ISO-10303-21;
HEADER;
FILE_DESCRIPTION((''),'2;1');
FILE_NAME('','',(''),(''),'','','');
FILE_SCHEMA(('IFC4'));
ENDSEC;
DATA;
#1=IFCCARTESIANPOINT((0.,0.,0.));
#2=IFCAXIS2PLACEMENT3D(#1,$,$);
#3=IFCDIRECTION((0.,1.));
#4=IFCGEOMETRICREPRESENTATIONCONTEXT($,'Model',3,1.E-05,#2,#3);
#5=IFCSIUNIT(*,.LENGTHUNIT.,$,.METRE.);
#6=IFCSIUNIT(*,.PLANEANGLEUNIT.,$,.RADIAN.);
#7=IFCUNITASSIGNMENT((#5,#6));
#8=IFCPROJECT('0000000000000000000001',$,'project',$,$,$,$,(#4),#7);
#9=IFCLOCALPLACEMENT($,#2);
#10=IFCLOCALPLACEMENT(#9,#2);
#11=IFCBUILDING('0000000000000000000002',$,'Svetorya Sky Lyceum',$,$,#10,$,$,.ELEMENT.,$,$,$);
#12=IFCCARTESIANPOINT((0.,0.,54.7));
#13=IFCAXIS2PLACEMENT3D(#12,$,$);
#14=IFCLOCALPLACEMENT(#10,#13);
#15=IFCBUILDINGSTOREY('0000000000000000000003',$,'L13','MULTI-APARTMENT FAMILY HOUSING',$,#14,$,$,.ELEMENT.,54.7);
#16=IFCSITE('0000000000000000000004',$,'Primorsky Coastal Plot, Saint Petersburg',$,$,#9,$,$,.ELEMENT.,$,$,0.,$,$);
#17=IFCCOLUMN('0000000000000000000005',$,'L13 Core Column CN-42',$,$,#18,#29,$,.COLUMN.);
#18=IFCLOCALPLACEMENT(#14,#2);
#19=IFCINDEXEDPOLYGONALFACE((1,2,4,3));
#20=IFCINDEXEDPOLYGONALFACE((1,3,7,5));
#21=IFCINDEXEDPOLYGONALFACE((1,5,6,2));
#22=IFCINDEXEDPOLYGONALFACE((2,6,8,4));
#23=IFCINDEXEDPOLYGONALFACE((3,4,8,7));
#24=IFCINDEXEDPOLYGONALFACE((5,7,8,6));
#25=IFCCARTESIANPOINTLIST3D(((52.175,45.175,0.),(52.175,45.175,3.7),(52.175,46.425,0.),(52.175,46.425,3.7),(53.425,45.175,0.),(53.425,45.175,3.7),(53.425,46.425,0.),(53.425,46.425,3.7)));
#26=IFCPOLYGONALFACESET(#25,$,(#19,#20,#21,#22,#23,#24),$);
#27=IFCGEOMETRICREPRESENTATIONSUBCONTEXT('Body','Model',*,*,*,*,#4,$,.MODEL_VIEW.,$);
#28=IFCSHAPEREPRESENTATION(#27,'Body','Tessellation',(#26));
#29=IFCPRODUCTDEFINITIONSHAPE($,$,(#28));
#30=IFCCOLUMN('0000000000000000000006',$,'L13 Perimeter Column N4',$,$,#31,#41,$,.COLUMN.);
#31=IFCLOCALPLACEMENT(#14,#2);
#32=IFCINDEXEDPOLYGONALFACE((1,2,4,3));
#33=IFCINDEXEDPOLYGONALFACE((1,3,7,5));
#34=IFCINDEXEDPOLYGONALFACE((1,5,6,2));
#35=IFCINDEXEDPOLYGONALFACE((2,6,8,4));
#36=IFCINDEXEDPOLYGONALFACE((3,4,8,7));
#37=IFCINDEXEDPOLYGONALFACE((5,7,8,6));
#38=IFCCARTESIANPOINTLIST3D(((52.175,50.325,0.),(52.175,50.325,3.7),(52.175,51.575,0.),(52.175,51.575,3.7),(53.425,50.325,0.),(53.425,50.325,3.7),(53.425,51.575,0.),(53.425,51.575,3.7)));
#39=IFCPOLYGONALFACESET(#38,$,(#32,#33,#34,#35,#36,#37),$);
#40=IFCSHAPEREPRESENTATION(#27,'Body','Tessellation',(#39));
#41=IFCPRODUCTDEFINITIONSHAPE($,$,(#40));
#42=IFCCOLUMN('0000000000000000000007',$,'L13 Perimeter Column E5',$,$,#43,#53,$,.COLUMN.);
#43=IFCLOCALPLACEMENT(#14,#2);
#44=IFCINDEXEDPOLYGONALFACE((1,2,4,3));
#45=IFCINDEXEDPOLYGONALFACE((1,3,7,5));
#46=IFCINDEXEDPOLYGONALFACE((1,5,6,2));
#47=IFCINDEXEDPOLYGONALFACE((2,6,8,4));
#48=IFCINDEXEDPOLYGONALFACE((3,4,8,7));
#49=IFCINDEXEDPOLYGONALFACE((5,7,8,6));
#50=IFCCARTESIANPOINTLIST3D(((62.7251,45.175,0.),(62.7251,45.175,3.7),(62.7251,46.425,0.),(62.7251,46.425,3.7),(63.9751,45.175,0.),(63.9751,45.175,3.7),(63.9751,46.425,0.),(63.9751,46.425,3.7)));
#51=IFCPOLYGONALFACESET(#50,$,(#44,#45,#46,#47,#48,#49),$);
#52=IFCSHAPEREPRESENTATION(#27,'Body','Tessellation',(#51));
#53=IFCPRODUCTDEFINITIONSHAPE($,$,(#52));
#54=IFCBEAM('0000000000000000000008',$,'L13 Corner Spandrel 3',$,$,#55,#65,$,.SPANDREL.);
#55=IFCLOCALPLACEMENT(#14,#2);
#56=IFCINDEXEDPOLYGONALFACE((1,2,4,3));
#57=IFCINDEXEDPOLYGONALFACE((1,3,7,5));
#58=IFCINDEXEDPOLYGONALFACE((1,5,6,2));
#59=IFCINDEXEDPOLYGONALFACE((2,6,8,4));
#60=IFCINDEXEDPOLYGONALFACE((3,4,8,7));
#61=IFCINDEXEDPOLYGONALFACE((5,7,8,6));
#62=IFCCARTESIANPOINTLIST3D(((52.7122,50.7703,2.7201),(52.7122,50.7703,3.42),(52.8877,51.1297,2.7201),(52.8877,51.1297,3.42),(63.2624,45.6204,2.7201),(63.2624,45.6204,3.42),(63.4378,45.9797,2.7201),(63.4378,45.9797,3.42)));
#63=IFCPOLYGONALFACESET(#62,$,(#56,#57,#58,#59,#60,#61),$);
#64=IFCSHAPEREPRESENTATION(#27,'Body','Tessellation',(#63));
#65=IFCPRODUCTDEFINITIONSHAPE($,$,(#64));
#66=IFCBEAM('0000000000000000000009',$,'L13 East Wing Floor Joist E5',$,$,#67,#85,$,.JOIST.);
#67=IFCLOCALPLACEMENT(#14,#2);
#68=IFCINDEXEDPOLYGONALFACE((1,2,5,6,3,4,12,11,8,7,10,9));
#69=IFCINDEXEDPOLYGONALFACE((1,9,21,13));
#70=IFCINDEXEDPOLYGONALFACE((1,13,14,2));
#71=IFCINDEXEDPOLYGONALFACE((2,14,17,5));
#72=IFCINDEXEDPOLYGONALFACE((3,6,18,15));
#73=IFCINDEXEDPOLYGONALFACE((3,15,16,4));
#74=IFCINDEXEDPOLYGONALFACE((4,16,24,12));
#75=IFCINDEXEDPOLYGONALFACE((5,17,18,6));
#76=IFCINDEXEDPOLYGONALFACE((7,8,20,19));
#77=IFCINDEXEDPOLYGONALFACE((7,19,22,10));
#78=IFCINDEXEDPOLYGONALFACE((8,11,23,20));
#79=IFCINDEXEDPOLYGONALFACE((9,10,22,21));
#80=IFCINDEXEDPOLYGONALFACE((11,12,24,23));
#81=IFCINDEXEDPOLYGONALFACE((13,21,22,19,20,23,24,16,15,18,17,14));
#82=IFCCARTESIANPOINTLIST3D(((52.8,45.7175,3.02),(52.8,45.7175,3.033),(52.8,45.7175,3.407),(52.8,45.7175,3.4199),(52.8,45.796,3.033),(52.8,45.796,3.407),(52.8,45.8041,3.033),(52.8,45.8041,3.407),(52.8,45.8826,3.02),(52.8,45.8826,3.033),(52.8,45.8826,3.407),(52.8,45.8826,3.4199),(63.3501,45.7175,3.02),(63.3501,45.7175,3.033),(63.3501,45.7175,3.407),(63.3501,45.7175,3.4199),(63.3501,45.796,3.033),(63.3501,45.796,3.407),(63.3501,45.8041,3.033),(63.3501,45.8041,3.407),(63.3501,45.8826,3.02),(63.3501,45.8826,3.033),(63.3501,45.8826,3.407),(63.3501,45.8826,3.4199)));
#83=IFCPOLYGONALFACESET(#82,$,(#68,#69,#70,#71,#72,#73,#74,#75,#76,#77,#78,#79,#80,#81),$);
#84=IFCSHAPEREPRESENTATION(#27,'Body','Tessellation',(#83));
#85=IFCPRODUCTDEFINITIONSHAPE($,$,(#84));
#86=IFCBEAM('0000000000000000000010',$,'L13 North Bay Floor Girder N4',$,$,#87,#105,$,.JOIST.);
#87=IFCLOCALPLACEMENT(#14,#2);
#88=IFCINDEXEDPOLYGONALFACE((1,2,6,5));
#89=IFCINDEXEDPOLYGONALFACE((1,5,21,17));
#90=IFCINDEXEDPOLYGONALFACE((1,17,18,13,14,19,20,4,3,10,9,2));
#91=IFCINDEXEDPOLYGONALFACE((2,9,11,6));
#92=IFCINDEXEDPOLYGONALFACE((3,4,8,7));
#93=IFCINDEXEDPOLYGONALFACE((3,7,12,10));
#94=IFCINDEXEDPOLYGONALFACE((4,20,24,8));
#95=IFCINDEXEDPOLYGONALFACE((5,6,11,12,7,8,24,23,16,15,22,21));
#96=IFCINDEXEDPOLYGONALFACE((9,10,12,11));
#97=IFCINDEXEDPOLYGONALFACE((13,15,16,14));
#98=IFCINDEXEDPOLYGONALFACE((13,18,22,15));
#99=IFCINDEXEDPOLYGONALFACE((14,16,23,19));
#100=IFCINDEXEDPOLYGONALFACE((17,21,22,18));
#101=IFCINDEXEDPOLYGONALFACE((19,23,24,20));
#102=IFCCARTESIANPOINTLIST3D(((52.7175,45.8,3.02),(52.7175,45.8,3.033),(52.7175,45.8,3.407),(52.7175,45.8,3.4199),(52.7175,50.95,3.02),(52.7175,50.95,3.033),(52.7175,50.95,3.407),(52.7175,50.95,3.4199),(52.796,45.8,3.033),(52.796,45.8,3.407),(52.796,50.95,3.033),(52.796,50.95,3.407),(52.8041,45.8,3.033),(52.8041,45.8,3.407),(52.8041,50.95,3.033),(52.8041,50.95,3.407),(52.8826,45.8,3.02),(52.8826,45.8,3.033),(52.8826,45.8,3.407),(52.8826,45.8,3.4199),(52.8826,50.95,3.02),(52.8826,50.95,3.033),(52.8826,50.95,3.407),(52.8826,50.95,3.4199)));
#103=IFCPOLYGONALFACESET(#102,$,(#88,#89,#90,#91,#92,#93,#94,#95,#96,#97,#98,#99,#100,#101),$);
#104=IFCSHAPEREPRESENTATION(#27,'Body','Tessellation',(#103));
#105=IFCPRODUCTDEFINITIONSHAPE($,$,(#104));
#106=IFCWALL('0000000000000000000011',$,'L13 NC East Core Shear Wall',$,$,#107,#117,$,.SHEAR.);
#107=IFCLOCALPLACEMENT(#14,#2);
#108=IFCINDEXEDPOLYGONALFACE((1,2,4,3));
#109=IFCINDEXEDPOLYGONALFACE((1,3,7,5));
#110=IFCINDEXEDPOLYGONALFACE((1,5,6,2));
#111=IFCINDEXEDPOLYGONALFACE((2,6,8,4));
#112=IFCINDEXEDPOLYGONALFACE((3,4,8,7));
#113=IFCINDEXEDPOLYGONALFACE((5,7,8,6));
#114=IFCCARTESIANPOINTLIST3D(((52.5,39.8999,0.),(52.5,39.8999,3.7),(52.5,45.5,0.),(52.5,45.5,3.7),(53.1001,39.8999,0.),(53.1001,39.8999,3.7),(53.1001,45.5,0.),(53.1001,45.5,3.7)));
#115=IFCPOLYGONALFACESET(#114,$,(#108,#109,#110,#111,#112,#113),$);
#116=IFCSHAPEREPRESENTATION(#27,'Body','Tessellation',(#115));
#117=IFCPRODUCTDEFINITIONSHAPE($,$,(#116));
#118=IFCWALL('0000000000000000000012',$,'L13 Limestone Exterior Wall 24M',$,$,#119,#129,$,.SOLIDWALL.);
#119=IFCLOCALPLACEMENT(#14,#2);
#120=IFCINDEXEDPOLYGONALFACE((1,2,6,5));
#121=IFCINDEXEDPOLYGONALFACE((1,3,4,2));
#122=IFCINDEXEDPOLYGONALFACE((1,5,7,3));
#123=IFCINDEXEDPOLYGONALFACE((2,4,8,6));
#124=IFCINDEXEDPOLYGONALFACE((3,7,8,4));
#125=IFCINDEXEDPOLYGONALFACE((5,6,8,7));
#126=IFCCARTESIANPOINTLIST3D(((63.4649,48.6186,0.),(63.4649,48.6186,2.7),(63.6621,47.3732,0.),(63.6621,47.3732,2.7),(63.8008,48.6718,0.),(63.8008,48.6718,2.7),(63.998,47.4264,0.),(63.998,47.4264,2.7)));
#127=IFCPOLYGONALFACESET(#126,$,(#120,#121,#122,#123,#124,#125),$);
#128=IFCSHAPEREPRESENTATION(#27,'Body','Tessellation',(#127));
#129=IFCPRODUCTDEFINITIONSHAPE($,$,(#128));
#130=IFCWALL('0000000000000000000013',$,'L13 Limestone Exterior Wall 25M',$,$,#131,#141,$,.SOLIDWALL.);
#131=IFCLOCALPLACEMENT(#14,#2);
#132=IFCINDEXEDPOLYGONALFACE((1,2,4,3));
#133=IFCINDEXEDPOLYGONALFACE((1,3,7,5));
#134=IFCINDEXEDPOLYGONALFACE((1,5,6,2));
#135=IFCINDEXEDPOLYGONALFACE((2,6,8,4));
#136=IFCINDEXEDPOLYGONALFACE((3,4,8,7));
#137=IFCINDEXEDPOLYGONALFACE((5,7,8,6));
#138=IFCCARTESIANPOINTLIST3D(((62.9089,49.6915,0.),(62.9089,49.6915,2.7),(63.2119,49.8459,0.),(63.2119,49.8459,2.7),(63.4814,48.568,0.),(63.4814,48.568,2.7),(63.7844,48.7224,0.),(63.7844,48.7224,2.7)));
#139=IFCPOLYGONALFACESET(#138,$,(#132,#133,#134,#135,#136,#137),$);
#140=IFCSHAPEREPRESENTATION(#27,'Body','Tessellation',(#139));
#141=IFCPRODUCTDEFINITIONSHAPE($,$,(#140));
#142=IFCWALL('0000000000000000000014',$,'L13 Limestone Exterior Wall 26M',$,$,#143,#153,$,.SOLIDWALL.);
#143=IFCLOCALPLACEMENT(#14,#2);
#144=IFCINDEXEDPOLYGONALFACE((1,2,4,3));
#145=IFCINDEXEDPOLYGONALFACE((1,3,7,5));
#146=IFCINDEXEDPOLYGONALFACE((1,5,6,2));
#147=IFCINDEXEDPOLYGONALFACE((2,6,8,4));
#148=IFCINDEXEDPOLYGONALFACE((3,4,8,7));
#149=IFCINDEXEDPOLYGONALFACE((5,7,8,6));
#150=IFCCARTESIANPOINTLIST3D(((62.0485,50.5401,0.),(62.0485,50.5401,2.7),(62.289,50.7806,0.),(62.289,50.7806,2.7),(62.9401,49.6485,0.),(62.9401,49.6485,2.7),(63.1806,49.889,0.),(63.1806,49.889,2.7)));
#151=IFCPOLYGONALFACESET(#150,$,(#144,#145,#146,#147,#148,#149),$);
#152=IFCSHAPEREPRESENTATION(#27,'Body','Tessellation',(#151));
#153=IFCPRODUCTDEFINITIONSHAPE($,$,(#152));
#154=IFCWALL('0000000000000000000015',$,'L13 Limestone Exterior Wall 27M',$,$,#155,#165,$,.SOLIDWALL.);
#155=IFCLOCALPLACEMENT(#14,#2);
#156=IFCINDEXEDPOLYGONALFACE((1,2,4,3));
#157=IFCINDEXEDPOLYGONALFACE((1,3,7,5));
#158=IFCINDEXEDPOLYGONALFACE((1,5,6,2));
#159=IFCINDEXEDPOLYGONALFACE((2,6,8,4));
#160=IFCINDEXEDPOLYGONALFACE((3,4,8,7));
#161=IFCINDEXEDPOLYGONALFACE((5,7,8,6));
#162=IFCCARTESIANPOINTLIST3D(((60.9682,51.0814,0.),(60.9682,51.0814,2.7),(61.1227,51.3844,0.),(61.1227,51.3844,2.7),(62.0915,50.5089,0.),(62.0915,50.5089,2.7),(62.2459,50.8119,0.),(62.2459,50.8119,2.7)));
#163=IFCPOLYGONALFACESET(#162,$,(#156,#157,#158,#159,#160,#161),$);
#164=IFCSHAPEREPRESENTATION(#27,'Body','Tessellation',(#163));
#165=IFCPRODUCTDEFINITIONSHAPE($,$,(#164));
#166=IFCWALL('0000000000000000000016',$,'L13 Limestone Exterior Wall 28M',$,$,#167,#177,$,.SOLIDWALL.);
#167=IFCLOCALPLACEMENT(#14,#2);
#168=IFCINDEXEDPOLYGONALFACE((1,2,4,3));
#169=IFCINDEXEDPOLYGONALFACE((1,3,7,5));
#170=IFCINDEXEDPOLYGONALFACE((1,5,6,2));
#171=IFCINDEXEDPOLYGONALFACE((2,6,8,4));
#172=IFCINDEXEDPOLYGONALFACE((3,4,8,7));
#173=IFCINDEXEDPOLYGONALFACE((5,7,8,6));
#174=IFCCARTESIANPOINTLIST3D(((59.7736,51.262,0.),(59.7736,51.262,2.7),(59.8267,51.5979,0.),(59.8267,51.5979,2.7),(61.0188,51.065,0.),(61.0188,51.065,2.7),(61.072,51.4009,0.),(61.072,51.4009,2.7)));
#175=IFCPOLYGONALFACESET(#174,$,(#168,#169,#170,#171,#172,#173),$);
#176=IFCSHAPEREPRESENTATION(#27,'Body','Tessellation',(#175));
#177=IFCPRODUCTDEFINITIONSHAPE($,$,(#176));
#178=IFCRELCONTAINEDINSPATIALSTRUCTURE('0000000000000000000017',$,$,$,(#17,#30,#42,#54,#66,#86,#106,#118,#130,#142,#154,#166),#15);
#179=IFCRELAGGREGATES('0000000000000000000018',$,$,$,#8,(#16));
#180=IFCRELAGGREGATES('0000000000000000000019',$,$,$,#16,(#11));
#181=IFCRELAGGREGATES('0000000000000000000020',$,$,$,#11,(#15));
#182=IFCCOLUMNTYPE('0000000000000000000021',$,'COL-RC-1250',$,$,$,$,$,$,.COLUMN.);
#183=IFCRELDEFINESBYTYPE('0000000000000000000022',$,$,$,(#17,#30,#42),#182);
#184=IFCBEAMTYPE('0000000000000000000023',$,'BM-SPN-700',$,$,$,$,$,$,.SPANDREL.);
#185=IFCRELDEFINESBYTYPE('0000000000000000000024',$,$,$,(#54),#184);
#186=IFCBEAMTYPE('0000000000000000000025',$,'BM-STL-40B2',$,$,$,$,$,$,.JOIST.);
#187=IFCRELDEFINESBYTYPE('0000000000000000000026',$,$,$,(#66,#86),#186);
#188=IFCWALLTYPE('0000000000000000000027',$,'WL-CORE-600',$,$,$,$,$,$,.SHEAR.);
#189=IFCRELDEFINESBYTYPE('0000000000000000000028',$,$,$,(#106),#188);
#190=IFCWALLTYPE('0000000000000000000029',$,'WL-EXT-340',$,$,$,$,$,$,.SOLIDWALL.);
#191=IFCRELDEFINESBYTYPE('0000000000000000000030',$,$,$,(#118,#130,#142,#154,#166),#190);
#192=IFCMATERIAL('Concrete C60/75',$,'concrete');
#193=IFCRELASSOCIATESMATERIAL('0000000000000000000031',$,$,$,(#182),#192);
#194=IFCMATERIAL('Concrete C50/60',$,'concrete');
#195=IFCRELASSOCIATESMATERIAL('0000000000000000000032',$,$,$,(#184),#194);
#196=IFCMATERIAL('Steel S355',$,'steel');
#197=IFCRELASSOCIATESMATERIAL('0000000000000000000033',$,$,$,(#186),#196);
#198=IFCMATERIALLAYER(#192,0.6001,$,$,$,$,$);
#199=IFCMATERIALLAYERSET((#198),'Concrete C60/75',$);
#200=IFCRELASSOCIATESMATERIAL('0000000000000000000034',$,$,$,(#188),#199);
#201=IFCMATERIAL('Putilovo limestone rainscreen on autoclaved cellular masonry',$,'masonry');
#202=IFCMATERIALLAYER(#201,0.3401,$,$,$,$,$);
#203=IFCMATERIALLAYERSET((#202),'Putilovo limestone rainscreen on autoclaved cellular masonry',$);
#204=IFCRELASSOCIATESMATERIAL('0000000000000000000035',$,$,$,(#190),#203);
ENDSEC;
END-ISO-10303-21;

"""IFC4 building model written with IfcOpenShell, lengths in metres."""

from ifc_helpers import new_model, si_unit, direction, frame, frame_2d, origin, origin_2d, place, context, subcontext, project, spatial, rectangle, i_section, extrude, material, layer, layer_set, material_profile, profile_set, type_object, element, save


model = new_model("IFC4")

# Units and contexts
model_context = context("Model", 3, precision=1e-05, world=origin(), true_north=direction((0.0, 1.0)))
body_context = subcontext(model_context, "Body", "Model", "MODEL_VIEW")
ifc_project = project(units=[si_unit("LENGTHUNIT", "METRE"), si_unit("PLANEANGLEUNIT", "RADIAN")], contexts=[model_context])

# Site, building, storey
site_placement = place(None, origin())
site = spatial("IfcSite", under=ifc_project, at=site_placement, Name="Primorsky Coastal Plot, Saint Petersburg", CompositionType="ELEMENT", RefElevation=0.0)
building_placement = place(site_placement, origin())
building = spatial("IfcBuilding", under=site, at=building_placement, Name="Svetorya Sky Lyceum", CompositionType="ELEMENT")
storey_placement = place(building_placement, frame((0.0, 0.0, 54.7)))
storey = spatial("IfcBuildingStorey", under=building, at=storey_placement, Name="L13", Description="MULTI-APARTMENT FAMILY HOUSING", CompositionType="ELEMENT", Elevation=54.7)

# Columns
ifc_material_1 = material(Name="Concrete C60/75", Category="concrete")
ifc_material_profile_1 = material_profile(ifc_material_1, rectangle(XDim=1.25, YDim=1.25, at=origin_2d()), Name="RC COL 1250x1250")
ifc_profile_set_1 = profile_set([ifc_material_profile_1], Name="Concrete C60/75")
column_type = type_object("IfcColumnType", Name="COL-RC-1250", PredefinedType="COLUMN", material=ifc_profile_set_1)
for number, where, z_axis, x_axis, name in (
    (1, (52.8, 45.8, 0.0), (0.0, 0.0, 1.0), (1.0, 0.0, 0.0), "L13 Core Column CN-42"),
    (2, (52.8, 50.95, 0.0), (0.0, 0.0, 1.0), (1.0, 0.0, 0.0), "L13 Perimeter Column N4"),
    (3, (63.3501, 45.8, 0.0), (0.0, 0.0, 1.0), (1.0, 0.0, 0.0), "L13 Perimeter Column E5"),
):
    element("IfcColumn", number, at=place(storey_placement, frame(where, z_axis=z_axis, x_axis=x_axis)), inside=storey, type_object=column_type, Name=name, PredefinedType="COLUMN", context=body_context, shape_type="SweptSolid", body=[
        extrude(rectangle(XDim=1.25, YDim=1.25, at=origin_2d()), origin(), (0.0, 0.0, 1.0), 3.7),
    ])

# Beams
ifc_material_2 = material(Name="Concrete C50/60", Category="concrete")
ifc_material_profile_2 = material_profile(ifc_material_2, rectangle(XDim=0.3999, YDim=0.7, at=origin_2d()), Name="RC SPANDREL 400x700")
ifc_profile_set_2 = profile_set([ifc_material_profile_2], Name="Concrete C50/60")
beam_type_1 = type_object("IfcBeamType", Name="BM-SPN-700", PredefinedType="SPANDREL", material=ifc_profile_set_2)
beam_1_placement = place(storey_placement, frame((63.3501, 45.8, 3.0701), z_axis=(-0.89865, 0.438667, 0.0), x_axis=(-0.438667, -0.89865, 0.0)))
element("IfcBeam", 4, at=beam_1_placement, inside=storey, type_object=beam_type_1, Name="L13 Corner Spandrel 3", PredefinedType="SPANDREL", context=body_context, shape_type="SweptSolid", body=[
    extrude(rectangle(XDim=0.3999, YDim=0.7, at=origin_2d()), origin(), (0.0, 0.0, 1.0), 11.74),
])
ifc_material_3 = material(Name="Steel S355", Category="steel")
ifc_material_profile_3 = material_profile(ifc_material_3, i_section(OverallWidth=0.165, OverallDepth=0.3999, WebThickness=0.0081, FlangeThickness=0.0129, at=origin_2d()), Name="GOST 40B2")
ifc_profile_set_3 = profile_set([ifc_material_profile_3], Name="Steel S355")
beam_type_2 = type_object("IfcBeamType", Name="BM-STL-40B2", PredefinedType="JOIST", material=ifc_profile_set_3)
beam_2_placement = place(storey_placement, frame((52.8, 45.8, 3.22), z_axis=(1.0, 0.0, 0.0), x_axis=(0.0, 1.0, 0.0)))
element("IfcBeam", 5, at=beam_2_placement, inside=storey, type_object=beam_type_2, Name="L13 East Wing Floor Joist E5", PredefinedType="JOIST", context=body_context, shape_type="SweptSolid", body=[
    extrude(i_section(OverallWidth=0.165, OverallDepth=0.3999, WebThickness=0.0081, FlangeThickness=0.0129, at=origin_2d()), origin(), (0.0, 0.0, 1.0), 10.55),
])
beam_3_placement = place(storey_placement, frame((52.8, 45.8, 3.22), z_axis=(0.0, 1.0, 0.0), x_axis=(-1.0, 0.0, 0.0)))
element("IfcBeam", 6, at=beam_3_placement, inside=storey, type_object=beam_type_2, Name="L13 North Bay Floor Girder N4", PredefinedType="JOIST", context=body_context, shape_type="SweptSolid", body=[
    extrude(i_section(OverallWidth=0.165, OverallDepth=0.3999, WebThickness=0.0081, FlangeThickness=0.0129, at=origin_2d()), origin(), (0.0, 0.0, 1.0), 5.1499),
])

# Walls
ifc_layer_1 = layer(ifc_material_1, 0.6001)
ifc_layer_set_1 = layer_set([ifc_layer_1], Name="Concrete C60/75")
wall_type_1 = type_object("IfcWallType", Name="WL-CORE-600", PredefinedType="SHEAR", material=ifc_layer_set_1)
wall_1_placement = place(storey_placement, frame((52.8, 39.8999, 0.0), z_axis=(0.0, 0.0, 1.0), x_axis=(0.0, 1.0, 0.0)))
element("IfcWall", 7, at=wall_1_placement, inside=storey, type_object=wall_type_1, Name="L13 NC East Core Shear Wall", PredefinedType="SHEAR", context=body_context, shape_type="SweptSolid", body=[
    extrude(rectangle(XDim=5.6001, YDim=0.6001, at=frame_2d((2.8, 0.0))), origin(), (0.0, 0.0, 1.0), 3.7),
])
ifc_material_4 = material(Name="Putilovo limestone rainscreen on autoclaved cellular masonry", Category="masonry")
ifc_layer_2 = layer(ifc_material_4, 0.3401)
ifc_layer_set_2 = layer_set([ifc_layer_2], Name="Putilovo limestone rainscreen on autoclaved cellular masonry")
wall_type_2 = type_object("IfcWallType", Name="WL-EXT-340", PredefinedType="SOLIDWALL", material=ifc_layer_set_2)
for number, where, z_axis, x_axis, name in (
    (8, (63.8301, 47.3999, 0.0), (0.0, 0.0, 1.0), (-0.15645, 0.987686, 0.0), "L13 Limestone Exterior Wall 24M"),
    (9, (63.6328, 48.6453, 0.0), (0.0, 0.0, 1.0), (-0.454016, 0.890994, 0.0), "L13 Limestone Exterior Wall 25M"),
    (10, (63.0603, 49.7688, 0.0), (0.0, 0.0, 1.0), (-0.707107, 0.707107, 0.0), "L13 Limestone Exterior Wall 26M"),
):
    element("IfcWall", number, at=place(storey_placement, frame(where, z_axis=z_axis, x_axis=x_axis)), inside=storey, type_object=wall_type_2, Name=name, PredefinedType="SOLIDWALL", context=body_context, shape_type="SweptSolid", body=[
        extrude(rectangle(XDim=1.261, YDim=0.3401, at=frame_2d((0.6304, 0.0))), origin(), (0.0, 0.0, 1.0), 2.7),
    ])
for number, where, z_axis, x_axis, name in (
    (11, (62.1687, 50.6604, 0.0), (0.0, 0.0, 1.0), (-0.890954, 0.454094, 0.0), "L13 Limestone Exterior Wall 27M"),
    (12, (61.0454, 51.2329, 0.0), (0.0, 0.0, 1.0), (-0.987716, 0.156261, 0.0), "L13 Limestone Exterior Wall 28M"),
):
    element("IfcWall", number, at=place(storey_placement, frame(where, z_axis=z_axis, x_axis=x_axis)), inside=storey, type_object=wall_type_2, Name=name, PredefinedType="SOLIDWALL", context=body_context, shape_type="SweptSolid", body=[
        extrude(rectangle(XDim=1.2607, YDim=0.3401, at=frame_2d((0.6304, 0.0))), origin(), (0.0, 0.0, 1.0), 2.7),
    ])

save(model, "model.ifc")
